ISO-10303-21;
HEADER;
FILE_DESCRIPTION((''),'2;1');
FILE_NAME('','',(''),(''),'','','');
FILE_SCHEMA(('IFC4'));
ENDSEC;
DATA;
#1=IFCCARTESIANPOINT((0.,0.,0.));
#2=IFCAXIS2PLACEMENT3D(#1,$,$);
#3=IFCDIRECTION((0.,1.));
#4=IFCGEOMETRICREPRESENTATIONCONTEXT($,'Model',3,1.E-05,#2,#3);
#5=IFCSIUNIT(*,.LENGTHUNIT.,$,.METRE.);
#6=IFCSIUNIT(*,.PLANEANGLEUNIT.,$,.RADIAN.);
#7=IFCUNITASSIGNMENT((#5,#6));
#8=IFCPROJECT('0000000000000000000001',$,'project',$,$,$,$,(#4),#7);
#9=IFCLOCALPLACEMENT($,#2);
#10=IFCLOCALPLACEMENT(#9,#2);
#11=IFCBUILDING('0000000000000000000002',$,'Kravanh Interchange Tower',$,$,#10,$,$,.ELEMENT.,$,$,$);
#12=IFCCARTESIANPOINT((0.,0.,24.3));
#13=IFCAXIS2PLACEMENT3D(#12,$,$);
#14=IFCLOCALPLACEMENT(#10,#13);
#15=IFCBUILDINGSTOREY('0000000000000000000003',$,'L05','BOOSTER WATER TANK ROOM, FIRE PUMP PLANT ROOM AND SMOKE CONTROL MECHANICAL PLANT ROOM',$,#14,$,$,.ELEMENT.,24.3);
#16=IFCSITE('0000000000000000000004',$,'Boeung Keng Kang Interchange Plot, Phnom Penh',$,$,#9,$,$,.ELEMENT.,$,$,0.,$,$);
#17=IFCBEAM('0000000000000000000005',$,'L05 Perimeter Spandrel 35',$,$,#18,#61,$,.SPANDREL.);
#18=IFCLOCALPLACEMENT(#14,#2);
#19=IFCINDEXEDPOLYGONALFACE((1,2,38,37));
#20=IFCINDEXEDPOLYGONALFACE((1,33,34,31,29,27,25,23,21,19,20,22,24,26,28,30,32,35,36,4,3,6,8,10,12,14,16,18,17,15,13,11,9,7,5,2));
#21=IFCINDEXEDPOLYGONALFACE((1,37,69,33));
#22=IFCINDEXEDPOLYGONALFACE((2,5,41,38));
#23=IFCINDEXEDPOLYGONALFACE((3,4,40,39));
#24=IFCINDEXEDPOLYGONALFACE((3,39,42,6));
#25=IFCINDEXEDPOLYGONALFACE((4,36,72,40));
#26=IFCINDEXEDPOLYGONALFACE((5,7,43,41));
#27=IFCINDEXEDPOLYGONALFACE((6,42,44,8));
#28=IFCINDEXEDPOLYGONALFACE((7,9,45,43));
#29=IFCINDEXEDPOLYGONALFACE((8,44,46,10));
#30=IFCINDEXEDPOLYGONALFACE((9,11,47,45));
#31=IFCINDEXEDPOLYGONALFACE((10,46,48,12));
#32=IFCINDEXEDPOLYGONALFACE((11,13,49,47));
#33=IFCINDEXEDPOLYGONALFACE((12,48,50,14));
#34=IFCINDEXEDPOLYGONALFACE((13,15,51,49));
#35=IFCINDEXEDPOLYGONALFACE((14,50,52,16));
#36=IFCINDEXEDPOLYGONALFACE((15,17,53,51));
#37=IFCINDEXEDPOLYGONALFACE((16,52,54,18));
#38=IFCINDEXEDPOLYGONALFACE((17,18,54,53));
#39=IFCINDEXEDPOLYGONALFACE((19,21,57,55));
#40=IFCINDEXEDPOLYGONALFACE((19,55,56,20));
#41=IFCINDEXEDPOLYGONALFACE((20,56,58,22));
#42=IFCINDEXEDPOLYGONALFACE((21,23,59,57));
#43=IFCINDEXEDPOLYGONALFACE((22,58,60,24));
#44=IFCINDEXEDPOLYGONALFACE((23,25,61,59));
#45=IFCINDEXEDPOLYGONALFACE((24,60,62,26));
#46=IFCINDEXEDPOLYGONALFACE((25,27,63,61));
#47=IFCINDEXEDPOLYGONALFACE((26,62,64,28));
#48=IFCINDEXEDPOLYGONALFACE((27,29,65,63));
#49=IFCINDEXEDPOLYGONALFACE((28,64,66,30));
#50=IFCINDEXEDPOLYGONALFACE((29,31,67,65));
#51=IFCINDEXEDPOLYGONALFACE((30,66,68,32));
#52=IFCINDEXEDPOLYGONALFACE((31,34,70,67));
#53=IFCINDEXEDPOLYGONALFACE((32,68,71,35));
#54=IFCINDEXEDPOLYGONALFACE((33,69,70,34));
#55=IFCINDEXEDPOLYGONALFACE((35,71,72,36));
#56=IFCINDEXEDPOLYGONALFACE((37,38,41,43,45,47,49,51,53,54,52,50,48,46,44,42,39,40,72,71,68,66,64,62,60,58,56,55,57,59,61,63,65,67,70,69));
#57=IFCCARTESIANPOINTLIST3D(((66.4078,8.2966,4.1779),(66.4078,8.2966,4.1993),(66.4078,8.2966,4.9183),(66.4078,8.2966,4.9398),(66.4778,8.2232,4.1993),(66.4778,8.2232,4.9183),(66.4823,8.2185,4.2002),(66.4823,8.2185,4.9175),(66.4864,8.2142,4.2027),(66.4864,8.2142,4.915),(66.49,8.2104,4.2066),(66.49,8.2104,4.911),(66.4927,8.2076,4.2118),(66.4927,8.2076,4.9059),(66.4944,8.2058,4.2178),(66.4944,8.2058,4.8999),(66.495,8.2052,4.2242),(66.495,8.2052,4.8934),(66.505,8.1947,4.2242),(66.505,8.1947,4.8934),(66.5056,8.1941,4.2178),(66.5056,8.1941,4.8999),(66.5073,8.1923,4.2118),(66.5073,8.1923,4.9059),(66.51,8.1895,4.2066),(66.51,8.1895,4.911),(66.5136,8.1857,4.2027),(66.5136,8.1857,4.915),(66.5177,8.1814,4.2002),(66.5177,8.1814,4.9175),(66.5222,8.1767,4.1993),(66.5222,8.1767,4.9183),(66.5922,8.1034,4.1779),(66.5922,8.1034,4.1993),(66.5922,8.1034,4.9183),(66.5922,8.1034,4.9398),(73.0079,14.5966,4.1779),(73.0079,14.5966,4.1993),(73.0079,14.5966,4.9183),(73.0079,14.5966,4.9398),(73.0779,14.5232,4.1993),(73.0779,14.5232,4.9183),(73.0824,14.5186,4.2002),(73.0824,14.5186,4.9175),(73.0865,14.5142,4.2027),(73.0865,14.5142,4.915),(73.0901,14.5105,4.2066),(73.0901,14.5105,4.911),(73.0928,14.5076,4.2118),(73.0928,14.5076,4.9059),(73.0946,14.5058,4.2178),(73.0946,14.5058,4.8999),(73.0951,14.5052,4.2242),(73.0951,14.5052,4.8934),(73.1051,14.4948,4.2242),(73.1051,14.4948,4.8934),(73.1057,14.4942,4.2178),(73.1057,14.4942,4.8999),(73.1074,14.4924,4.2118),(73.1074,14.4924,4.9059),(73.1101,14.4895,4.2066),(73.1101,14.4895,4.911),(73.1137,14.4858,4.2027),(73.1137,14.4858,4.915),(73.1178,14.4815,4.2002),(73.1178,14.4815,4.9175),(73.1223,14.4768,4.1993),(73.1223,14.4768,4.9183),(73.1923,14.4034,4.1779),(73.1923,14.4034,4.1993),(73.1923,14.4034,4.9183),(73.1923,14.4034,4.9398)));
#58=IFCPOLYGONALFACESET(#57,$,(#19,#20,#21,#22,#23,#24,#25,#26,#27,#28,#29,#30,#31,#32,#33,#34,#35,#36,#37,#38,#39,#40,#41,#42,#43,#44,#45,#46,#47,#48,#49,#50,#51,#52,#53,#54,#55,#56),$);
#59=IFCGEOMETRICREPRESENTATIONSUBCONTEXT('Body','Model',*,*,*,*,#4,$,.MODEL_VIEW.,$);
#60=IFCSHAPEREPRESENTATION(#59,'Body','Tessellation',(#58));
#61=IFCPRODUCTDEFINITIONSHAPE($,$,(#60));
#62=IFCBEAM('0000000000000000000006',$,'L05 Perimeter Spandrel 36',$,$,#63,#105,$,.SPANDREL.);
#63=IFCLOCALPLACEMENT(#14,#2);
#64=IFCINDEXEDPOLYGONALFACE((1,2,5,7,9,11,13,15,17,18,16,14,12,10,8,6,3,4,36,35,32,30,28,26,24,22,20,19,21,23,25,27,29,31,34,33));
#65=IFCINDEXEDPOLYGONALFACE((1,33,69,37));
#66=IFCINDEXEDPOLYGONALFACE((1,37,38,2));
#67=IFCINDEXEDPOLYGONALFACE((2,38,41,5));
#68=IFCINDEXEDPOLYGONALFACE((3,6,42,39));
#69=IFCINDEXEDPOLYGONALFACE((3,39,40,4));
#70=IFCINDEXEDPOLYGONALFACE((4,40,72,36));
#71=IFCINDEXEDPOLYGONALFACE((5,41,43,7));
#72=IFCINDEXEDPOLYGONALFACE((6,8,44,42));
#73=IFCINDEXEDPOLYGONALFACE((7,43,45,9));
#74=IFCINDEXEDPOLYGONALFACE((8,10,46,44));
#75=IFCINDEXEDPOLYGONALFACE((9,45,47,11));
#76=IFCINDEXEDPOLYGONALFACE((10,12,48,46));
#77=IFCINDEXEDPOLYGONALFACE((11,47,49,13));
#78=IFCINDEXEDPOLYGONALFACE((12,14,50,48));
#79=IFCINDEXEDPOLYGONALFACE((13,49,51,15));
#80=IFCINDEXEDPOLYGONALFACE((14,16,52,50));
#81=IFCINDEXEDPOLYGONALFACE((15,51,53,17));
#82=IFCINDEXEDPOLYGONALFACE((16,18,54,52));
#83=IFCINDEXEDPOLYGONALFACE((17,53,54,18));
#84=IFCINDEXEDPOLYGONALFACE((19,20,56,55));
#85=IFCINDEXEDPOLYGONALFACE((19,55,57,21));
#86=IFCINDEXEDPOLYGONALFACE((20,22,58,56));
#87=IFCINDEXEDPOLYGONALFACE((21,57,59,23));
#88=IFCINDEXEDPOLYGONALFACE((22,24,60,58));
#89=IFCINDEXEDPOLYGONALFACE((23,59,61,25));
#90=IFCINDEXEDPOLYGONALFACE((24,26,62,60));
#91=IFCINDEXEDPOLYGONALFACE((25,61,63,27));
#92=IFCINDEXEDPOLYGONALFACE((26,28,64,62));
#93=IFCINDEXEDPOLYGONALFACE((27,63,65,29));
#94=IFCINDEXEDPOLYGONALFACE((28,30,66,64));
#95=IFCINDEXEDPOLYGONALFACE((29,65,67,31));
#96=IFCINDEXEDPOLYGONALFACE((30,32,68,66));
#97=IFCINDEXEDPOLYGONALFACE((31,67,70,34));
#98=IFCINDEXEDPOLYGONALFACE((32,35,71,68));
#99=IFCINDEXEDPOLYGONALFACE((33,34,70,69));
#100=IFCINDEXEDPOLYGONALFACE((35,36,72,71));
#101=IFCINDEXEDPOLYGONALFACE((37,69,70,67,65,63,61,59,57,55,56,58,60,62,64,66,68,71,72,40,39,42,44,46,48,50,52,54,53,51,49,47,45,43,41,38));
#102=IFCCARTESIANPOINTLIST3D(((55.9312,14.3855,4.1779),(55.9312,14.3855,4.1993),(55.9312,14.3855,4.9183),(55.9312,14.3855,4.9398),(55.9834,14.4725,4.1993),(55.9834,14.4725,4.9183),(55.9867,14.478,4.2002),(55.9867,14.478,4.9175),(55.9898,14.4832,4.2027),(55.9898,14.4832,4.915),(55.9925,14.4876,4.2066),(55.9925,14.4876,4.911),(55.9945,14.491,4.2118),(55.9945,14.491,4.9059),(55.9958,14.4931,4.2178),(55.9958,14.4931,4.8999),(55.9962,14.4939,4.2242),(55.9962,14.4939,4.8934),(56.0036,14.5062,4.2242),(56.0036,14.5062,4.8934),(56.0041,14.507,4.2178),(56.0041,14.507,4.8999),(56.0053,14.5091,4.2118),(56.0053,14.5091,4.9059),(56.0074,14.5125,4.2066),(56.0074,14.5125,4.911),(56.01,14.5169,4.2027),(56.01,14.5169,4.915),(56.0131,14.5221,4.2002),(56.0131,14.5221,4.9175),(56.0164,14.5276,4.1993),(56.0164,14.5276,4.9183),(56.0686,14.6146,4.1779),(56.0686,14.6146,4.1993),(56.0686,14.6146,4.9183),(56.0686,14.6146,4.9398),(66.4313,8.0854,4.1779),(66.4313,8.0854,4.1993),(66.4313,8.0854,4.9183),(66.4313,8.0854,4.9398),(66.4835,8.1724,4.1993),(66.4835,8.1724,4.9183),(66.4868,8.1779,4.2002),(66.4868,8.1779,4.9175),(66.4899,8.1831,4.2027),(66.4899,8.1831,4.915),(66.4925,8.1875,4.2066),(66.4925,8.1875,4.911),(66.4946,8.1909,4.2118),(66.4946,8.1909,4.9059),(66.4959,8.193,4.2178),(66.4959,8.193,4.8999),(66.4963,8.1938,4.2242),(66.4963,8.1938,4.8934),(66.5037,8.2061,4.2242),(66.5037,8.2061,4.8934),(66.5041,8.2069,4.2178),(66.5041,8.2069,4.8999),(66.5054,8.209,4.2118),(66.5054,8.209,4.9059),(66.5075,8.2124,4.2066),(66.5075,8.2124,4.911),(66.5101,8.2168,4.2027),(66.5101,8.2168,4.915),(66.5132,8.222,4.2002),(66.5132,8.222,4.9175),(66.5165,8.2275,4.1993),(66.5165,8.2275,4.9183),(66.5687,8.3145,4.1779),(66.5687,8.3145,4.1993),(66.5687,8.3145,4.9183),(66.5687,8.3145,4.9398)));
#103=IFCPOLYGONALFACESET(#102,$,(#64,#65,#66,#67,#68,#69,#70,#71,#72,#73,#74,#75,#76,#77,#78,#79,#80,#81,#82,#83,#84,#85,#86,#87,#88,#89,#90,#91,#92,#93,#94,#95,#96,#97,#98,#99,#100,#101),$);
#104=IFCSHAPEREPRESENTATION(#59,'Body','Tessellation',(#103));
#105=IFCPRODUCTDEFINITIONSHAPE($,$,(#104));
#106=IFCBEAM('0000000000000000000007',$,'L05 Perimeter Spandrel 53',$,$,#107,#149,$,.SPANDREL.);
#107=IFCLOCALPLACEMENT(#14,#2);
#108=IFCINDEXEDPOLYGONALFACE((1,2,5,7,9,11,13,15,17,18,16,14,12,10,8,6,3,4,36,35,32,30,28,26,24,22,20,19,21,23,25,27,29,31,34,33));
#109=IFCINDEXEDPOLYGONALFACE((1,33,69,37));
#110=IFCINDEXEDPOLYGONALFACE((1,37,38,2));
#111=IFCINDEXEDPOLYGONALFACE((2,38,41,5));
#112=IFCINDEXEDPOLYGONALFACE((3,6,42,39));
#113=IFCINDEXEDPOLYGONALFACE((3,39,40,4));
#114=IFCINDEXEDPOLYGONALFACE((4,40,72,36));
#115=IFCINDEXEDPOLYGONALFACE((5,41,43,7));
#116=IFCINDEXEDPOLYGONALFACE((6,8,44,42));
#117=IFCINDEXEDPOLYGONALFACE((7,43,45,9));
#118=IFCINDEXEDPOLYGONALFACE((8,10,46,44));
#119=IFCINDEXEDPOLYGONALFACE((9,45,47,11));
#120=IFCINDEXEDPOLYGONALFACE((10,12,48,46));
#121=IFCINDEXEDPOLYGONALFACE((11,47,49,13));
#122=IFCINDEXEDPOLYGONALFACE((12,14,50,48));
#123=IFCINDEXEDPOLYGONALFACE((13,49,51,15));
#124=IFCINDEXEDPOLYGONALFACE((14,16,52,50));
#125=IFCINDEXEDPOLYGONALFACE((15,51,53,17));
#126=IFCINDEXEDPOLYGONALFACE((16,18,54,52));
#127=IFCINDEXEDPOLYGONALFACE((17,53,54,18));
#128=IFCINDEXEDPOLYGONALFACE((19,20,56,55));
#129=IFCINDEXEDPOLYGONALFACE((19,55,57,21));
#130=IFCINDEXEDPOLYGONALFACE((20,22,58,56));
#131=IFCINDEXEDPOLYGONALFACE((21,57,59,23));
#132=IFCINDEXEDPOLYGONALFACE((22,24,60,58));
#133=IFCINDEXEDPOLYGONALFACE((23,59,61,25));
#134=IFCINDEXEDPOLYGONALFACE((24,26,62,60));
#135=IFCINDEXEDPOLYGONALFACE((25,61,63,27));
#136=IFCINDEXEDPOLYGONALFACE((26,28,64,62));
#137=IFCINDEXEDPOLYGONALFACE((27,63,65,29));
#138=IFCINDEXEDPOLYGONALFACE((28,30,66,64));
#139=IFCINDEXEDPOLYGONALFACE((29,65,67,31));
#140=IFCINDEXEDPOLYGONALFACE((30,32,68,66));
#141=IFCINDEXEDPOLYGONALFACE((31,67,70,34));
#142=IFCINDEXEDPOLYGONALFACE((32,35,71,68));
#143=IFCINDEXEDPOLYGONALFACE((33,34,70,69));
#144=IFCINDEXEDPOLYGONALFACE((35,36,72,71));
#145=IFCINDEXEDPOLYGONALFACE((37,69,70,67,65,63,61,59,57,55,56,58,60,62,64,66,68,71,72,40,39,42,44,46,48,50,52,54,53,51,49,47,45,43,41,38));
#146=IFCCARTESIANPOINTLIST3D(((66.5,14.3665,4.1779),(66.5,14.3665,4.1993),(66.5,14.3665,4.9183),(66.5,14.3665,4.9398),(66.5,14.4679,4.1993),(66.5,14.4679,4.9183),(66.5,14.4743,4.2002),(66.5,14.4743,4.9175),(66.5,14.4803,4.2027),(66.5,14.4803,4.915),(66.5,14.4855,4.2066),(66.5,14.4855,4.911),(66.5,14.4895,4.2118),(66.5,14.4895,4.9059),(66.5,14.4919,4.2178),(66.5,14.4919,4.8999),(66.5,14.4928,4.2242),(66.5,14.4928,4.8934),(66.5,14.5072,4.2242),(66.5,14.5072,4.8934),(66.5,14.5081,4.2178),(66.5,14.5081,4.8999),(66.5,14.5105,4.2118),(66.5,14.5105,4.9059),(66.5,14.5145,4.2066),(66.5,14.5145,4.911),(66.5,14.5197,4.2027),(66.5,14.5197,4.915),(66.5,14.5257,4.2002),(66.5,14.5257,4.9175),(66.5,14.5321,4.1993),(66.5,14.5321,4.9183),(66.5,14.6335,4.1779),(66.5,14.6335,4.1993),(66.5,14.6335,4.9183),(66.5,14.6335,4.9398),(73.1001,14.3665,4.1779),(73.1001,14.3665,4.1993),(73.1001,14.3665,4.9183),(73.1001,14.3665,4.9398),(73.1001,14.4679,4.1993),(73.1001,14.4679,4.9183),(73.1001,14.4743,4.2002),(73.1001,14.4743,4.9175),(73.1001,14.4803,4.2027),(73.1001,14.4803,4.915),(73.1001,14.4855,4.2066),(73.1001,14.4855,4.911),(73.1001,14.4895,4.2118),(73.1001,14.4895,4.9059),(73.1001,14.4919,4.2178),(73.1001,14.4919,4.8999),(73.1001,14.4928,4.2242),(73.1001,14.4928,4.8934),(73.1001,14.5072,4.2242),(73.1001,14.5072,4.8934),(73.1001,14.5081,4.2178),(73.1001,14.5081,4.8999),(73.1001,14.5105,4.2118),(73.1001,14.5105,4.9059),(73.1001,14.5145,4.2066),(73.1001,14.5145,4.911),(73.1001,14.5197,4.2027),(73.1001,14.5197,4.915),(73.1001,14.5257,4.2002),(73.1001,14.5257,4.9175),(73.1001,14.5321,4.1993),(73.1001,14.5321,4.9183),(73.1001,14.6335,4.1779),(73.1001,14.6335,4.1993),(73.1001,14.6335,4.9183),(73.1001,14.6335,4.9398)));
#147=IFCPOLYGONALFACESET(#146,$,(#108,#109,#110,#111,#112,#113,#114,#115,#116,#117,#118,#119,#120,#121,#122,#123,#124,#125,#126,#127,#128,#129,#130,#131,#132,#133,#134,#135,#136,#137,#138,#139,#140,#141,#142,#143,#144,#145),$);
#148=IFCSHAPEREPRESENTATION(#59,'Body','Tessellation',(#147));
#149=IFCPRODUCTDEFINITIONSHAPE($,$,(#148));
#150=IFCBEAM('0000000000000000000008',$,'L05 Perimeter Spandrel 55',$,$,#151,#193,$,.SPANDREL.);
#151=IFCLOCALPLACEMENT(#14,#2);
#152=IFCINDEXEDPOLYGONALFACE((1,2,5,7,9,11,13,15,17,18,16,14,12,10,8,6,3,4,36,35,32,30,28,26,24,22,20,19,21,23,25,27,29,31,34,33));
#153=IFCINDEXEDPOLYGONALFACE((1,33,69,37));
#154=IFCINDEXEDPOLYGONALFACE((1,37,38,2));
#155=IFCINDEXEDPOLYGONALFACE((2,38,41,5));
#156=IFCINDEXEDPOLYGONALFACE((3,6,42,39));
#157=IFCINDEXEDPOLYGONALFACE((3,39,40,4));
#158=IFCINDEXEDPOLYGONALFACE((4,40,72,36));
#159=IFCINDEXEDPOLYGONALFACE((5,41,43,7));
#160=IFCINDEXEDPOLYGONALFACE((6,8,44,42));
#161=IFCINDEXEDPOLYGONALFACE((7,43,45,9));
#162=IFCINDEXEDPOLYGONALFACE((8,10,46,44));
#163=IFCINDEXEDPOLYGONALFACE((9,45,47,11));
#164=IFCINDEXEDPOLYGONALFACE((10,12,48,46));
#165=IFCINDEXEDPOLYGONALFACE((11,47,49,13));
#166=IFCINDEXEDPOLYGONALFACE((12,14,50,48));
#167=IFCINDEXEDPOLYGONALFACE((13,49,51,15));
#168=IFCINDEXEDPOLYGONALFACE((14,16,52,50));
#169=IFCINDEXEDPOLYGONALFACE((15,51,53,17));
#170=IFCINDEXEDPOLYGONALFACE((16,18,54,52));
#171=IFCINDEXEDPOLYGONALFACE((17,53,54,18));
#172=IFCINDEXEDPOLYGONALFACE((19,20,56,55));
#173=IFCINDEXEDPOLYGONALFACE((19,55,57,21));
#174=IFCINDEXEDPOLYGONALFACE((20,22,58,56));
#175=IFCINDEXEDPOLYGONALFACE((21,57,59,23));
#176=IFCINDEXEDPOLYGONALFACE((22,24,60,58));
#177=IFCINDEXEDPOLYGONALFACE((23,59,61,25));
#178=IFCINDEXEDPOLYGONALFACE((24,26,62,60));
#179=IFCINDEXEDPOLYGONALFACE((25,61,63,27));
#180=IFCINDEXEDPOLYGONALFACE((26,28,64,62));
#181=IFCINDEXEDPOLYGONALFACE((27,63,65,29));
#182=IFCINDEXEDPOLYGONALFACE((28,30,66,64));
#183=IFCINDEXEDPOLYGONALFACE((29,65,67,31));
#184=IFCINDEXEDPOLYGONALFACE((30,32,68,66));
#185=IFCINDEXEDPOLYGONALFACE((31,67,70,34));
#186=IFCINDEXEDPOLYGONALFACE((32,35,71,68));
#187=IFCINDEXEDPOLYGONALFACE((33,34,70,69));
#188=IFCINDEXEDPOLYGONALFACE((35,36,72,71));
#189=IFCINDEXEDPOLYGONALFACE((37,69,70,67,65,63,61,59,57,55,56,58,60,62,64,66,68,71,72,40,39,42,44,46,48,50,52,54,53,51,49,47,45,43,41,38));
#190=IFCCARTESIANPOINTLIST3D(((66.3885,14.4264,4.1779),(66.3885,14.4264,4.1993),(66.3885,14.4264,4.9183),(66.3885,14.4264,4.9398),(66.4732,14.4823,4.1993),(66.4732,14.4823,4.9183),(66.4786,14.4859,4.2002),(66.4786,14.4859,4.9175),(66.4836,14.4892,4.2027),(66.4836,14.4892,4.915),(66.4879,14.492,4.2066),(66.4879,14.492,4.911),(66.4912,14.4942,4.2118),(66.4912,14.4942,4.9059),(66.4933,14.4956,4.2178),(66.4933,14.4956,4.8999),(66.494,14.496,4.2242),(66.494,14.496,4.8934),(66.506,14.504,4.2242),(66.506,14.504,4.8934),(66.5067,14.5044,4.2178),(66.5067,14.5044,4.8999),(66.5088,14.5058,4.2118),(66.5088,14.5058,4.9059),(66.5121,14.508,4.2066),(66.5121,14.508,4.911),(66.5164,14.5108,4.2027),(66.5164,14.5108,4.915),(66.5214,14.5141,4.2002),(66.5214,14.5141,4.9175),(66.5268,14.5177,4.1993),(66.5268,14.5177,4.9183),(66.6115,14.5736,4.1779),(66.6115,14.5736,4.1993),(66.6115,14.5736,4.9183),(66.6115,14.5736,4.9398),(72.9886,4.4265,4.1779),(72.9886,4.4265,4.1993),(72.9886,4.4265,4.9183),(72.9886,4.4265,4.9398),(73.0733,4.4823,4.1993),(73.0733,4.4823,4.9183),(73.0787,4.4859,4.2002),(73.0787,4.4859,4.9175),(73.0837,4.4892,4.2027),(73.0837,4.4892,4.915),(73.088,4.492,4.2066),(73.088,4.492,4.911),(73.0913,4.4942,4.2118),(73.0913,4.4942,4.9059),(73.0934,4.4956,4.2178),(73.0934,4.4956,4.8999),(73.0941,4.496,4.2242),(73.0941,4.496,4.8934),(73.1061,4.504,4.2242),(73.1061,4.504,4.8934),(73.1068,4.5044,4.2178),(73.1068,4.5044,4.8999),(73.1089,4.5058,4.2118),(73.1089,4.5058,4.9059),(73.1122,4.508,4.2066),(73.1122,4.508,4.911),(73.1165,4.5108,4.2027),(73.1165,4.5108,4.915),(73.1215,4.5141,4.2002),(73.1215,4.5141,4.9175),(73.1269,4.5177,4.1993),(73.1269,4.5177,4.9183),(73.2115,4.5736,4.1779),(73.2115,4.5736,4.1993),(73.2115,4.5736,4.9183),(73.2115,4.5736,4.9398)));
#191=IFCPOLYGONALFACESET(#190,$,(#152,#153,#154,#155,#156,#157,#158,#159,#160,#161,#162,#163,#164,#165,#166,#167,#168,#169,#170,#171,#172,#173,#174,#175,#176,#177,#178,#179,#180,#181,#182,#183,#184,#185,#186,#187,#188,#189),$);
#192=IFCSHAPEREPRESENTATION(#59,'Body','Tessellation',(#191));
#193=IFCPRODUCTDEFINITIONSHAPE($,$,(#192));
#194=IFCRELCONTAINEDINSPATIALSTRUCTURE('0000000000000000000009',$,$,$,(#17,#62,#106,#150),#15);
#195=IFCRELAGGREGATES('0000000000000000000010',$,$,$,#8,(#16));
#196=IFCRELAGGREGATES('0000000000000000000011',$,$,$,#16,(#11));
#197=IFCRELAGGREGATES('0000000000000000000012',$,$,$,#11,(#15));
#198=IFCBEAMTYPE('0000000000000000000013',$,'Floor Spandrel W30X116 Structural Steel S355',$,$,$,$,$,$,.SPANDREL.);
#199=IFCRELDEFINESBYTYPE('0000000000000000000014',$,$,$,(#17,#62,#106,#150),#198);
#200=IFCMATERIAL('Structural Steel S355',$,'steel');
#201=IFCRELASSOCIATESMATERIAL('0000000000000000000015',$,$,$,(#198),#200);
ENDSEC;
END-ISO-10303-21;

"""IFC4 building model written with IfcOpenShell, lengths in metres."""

from ifc_helpers import new_model, si_unit, direction, frame, origin, origin_2d, place, context, subcontext, project, spatial, i_section, extrude, material, material_profile, profile_set, type_object, element, save


model = new_model("IFC4")

# Units and contexts
model_context = context("Model", 3, precision=1e-05, world=origin(), true_north=direction((0.0, 1.0)))
body_context = subcontext(model_context, "Body", "Model", "MODEL_VIEW")
ifc_project = project(units=[si_unit("LENGTHUNIT", "METRE"), si_unit("PLANEANGLEUNIT", "RADIAN")], contexts=[model_context])

# Site, building, storey
site_placement = place(None, origin())
site = spatial("IfcSite", under=ifc_project, at=site_placement, Name="Boeung Keng Kang Interchange Plot, Phnom Penh", CompositionType="ELEMENT", RefElevation=0.0)
building_placement = place(site_placement, origin())
building = spatial("IfcBuilding", under=site, at=building_placement, Name="Kravanh Interchange Tower", CompositionType="ELEMENT")
storey_placement = place(building_placement, frame((0.0, 0.0, 24.3)))
storey = spatial("IfcBuildingStorey", under=building, at=storey_placement, Name="L05", Description="BOOSTER WATER TANK ROOM, FIRE PUMP PLANT ROOM AND SMOKE CONTROL MECHANICAL PLANT ROOM", CompositionType="ELEMENT", Elevation=24.3)

# Beams
ifc_material_1 = material(Name="Structural Steel S355", Category="steel")
ifc_material_profile_1 = material_profile(ifc_material_1, i_section(OverallWidth=0.2671, OverallDepth=0.762, WebThickness=0.0144, FlangeThickness=0.0215, FilletRadius=0.0249, at=origin_2d()), Name="W30X116")
ifc_profile_set_1 = profile_set([ifc_material_profile_1], Name="Structural Steel S355")
beam_type_1 = type_object("IfcBeamType", Name="Floor Spandrel W30X116 Structural Steel S355", PredefinedType="SPANDREL", material=ifc_profile_set_1)
beam_1_placement = place(storey_placement, frame((66.5, 8.2, 4.5588), z_axis=(0.723358, 0.690473, 0.0), x_axis=(-0.690473, 0.723358, 0.0)))
element("IfcBeam", 1, at=beam_1_placement, inside=storey, type_object=beam_type_1, Name="L05 Perimeter Spandrel 35", PredefinedType="SPANDREL", context=body_context, shape_type="SweptSolid", body=[
    extrude(i_section(OverallWidth=0.2671, OverallDepth=0.762, WebThickness=0.0144, FlangeThickness=0.0215, FilletRadius=0.0249, at=origin_2d()), origin(), (0.0, 0.0, 1.0), 9.1243),
])
beam_2_placement = place(storey_placement, frame((66.5, 8.2, 4.5588), z_axis=(-0.857491, 0.514499, 0.0), x_axis=(-0.514499, -0.857491, 0.0)))
element("IfcBeam", 2, at=beam_2_placement, inside=storey, type_object=beam_type_1, Name="L05 Perimeter Spandrel 36", PredefinedType="SPANDREL", context=body_context, shape_type="SweptSolid", body=[
    extrude(i_section(OverallWidth=0.2671, OverallDepth=0.762, WebThickness=0.0144, FlangeThickness=0.0215, FilletRadius=0.0249, at=origin_2d()), origin(), (0.0, 0.0, 1.0), 12.2451),
])
beam_3_placement = place(storey_placement, frame((66.5, 14.5, 4.5588), z_axis=(1.0, 0.0, 0.0), x_axis=(0.0, 1.0, 0.0)))
element("IfcBeam", 3, at=beam_3_placement, inside=storey, type_object=beam_type_1, Name="L05 Perimeter Spandrel 53", PredefinedType="SPANDREL", context=body_context, shape_type="SweptSolid", body=[
    extrude(i_section(OverallWidth=0.2671, OverallDepth=0.762, WebThickness=0.0144, FlangeThickness=0.0215, FilletRadius=0.0249, at=origin_2d()), origin(), (0.0, 0.0, 1.0), 6.6001),
])
beam_4_placement = place(storey_placement, frame((66.5, 14.5, 4.5588), z_axis=(0.550848, -0.834606, 0.0), x_axis=(0.834606, 0.550848, 0.0)))
element("IfcBeam", 4, at=beam_4_placement, inside=storey, type_object=beam_type_1, Name="L05 Perimeter Spandrel 55", PredefinedType="SPANDREL", context=body_context, shape_type="SweptSolid", body=[
    extrude(i_section(OverallWidth=0.2671, OverallDepth=0.762, WebThickness=0.0144, FlangeThickness=0.0215, FilletRadius=0.0249, at=origin_2d()), origin(), (0.0, 0.0, 1.0), 11.9817),
])

save(model, "model.ifc")
